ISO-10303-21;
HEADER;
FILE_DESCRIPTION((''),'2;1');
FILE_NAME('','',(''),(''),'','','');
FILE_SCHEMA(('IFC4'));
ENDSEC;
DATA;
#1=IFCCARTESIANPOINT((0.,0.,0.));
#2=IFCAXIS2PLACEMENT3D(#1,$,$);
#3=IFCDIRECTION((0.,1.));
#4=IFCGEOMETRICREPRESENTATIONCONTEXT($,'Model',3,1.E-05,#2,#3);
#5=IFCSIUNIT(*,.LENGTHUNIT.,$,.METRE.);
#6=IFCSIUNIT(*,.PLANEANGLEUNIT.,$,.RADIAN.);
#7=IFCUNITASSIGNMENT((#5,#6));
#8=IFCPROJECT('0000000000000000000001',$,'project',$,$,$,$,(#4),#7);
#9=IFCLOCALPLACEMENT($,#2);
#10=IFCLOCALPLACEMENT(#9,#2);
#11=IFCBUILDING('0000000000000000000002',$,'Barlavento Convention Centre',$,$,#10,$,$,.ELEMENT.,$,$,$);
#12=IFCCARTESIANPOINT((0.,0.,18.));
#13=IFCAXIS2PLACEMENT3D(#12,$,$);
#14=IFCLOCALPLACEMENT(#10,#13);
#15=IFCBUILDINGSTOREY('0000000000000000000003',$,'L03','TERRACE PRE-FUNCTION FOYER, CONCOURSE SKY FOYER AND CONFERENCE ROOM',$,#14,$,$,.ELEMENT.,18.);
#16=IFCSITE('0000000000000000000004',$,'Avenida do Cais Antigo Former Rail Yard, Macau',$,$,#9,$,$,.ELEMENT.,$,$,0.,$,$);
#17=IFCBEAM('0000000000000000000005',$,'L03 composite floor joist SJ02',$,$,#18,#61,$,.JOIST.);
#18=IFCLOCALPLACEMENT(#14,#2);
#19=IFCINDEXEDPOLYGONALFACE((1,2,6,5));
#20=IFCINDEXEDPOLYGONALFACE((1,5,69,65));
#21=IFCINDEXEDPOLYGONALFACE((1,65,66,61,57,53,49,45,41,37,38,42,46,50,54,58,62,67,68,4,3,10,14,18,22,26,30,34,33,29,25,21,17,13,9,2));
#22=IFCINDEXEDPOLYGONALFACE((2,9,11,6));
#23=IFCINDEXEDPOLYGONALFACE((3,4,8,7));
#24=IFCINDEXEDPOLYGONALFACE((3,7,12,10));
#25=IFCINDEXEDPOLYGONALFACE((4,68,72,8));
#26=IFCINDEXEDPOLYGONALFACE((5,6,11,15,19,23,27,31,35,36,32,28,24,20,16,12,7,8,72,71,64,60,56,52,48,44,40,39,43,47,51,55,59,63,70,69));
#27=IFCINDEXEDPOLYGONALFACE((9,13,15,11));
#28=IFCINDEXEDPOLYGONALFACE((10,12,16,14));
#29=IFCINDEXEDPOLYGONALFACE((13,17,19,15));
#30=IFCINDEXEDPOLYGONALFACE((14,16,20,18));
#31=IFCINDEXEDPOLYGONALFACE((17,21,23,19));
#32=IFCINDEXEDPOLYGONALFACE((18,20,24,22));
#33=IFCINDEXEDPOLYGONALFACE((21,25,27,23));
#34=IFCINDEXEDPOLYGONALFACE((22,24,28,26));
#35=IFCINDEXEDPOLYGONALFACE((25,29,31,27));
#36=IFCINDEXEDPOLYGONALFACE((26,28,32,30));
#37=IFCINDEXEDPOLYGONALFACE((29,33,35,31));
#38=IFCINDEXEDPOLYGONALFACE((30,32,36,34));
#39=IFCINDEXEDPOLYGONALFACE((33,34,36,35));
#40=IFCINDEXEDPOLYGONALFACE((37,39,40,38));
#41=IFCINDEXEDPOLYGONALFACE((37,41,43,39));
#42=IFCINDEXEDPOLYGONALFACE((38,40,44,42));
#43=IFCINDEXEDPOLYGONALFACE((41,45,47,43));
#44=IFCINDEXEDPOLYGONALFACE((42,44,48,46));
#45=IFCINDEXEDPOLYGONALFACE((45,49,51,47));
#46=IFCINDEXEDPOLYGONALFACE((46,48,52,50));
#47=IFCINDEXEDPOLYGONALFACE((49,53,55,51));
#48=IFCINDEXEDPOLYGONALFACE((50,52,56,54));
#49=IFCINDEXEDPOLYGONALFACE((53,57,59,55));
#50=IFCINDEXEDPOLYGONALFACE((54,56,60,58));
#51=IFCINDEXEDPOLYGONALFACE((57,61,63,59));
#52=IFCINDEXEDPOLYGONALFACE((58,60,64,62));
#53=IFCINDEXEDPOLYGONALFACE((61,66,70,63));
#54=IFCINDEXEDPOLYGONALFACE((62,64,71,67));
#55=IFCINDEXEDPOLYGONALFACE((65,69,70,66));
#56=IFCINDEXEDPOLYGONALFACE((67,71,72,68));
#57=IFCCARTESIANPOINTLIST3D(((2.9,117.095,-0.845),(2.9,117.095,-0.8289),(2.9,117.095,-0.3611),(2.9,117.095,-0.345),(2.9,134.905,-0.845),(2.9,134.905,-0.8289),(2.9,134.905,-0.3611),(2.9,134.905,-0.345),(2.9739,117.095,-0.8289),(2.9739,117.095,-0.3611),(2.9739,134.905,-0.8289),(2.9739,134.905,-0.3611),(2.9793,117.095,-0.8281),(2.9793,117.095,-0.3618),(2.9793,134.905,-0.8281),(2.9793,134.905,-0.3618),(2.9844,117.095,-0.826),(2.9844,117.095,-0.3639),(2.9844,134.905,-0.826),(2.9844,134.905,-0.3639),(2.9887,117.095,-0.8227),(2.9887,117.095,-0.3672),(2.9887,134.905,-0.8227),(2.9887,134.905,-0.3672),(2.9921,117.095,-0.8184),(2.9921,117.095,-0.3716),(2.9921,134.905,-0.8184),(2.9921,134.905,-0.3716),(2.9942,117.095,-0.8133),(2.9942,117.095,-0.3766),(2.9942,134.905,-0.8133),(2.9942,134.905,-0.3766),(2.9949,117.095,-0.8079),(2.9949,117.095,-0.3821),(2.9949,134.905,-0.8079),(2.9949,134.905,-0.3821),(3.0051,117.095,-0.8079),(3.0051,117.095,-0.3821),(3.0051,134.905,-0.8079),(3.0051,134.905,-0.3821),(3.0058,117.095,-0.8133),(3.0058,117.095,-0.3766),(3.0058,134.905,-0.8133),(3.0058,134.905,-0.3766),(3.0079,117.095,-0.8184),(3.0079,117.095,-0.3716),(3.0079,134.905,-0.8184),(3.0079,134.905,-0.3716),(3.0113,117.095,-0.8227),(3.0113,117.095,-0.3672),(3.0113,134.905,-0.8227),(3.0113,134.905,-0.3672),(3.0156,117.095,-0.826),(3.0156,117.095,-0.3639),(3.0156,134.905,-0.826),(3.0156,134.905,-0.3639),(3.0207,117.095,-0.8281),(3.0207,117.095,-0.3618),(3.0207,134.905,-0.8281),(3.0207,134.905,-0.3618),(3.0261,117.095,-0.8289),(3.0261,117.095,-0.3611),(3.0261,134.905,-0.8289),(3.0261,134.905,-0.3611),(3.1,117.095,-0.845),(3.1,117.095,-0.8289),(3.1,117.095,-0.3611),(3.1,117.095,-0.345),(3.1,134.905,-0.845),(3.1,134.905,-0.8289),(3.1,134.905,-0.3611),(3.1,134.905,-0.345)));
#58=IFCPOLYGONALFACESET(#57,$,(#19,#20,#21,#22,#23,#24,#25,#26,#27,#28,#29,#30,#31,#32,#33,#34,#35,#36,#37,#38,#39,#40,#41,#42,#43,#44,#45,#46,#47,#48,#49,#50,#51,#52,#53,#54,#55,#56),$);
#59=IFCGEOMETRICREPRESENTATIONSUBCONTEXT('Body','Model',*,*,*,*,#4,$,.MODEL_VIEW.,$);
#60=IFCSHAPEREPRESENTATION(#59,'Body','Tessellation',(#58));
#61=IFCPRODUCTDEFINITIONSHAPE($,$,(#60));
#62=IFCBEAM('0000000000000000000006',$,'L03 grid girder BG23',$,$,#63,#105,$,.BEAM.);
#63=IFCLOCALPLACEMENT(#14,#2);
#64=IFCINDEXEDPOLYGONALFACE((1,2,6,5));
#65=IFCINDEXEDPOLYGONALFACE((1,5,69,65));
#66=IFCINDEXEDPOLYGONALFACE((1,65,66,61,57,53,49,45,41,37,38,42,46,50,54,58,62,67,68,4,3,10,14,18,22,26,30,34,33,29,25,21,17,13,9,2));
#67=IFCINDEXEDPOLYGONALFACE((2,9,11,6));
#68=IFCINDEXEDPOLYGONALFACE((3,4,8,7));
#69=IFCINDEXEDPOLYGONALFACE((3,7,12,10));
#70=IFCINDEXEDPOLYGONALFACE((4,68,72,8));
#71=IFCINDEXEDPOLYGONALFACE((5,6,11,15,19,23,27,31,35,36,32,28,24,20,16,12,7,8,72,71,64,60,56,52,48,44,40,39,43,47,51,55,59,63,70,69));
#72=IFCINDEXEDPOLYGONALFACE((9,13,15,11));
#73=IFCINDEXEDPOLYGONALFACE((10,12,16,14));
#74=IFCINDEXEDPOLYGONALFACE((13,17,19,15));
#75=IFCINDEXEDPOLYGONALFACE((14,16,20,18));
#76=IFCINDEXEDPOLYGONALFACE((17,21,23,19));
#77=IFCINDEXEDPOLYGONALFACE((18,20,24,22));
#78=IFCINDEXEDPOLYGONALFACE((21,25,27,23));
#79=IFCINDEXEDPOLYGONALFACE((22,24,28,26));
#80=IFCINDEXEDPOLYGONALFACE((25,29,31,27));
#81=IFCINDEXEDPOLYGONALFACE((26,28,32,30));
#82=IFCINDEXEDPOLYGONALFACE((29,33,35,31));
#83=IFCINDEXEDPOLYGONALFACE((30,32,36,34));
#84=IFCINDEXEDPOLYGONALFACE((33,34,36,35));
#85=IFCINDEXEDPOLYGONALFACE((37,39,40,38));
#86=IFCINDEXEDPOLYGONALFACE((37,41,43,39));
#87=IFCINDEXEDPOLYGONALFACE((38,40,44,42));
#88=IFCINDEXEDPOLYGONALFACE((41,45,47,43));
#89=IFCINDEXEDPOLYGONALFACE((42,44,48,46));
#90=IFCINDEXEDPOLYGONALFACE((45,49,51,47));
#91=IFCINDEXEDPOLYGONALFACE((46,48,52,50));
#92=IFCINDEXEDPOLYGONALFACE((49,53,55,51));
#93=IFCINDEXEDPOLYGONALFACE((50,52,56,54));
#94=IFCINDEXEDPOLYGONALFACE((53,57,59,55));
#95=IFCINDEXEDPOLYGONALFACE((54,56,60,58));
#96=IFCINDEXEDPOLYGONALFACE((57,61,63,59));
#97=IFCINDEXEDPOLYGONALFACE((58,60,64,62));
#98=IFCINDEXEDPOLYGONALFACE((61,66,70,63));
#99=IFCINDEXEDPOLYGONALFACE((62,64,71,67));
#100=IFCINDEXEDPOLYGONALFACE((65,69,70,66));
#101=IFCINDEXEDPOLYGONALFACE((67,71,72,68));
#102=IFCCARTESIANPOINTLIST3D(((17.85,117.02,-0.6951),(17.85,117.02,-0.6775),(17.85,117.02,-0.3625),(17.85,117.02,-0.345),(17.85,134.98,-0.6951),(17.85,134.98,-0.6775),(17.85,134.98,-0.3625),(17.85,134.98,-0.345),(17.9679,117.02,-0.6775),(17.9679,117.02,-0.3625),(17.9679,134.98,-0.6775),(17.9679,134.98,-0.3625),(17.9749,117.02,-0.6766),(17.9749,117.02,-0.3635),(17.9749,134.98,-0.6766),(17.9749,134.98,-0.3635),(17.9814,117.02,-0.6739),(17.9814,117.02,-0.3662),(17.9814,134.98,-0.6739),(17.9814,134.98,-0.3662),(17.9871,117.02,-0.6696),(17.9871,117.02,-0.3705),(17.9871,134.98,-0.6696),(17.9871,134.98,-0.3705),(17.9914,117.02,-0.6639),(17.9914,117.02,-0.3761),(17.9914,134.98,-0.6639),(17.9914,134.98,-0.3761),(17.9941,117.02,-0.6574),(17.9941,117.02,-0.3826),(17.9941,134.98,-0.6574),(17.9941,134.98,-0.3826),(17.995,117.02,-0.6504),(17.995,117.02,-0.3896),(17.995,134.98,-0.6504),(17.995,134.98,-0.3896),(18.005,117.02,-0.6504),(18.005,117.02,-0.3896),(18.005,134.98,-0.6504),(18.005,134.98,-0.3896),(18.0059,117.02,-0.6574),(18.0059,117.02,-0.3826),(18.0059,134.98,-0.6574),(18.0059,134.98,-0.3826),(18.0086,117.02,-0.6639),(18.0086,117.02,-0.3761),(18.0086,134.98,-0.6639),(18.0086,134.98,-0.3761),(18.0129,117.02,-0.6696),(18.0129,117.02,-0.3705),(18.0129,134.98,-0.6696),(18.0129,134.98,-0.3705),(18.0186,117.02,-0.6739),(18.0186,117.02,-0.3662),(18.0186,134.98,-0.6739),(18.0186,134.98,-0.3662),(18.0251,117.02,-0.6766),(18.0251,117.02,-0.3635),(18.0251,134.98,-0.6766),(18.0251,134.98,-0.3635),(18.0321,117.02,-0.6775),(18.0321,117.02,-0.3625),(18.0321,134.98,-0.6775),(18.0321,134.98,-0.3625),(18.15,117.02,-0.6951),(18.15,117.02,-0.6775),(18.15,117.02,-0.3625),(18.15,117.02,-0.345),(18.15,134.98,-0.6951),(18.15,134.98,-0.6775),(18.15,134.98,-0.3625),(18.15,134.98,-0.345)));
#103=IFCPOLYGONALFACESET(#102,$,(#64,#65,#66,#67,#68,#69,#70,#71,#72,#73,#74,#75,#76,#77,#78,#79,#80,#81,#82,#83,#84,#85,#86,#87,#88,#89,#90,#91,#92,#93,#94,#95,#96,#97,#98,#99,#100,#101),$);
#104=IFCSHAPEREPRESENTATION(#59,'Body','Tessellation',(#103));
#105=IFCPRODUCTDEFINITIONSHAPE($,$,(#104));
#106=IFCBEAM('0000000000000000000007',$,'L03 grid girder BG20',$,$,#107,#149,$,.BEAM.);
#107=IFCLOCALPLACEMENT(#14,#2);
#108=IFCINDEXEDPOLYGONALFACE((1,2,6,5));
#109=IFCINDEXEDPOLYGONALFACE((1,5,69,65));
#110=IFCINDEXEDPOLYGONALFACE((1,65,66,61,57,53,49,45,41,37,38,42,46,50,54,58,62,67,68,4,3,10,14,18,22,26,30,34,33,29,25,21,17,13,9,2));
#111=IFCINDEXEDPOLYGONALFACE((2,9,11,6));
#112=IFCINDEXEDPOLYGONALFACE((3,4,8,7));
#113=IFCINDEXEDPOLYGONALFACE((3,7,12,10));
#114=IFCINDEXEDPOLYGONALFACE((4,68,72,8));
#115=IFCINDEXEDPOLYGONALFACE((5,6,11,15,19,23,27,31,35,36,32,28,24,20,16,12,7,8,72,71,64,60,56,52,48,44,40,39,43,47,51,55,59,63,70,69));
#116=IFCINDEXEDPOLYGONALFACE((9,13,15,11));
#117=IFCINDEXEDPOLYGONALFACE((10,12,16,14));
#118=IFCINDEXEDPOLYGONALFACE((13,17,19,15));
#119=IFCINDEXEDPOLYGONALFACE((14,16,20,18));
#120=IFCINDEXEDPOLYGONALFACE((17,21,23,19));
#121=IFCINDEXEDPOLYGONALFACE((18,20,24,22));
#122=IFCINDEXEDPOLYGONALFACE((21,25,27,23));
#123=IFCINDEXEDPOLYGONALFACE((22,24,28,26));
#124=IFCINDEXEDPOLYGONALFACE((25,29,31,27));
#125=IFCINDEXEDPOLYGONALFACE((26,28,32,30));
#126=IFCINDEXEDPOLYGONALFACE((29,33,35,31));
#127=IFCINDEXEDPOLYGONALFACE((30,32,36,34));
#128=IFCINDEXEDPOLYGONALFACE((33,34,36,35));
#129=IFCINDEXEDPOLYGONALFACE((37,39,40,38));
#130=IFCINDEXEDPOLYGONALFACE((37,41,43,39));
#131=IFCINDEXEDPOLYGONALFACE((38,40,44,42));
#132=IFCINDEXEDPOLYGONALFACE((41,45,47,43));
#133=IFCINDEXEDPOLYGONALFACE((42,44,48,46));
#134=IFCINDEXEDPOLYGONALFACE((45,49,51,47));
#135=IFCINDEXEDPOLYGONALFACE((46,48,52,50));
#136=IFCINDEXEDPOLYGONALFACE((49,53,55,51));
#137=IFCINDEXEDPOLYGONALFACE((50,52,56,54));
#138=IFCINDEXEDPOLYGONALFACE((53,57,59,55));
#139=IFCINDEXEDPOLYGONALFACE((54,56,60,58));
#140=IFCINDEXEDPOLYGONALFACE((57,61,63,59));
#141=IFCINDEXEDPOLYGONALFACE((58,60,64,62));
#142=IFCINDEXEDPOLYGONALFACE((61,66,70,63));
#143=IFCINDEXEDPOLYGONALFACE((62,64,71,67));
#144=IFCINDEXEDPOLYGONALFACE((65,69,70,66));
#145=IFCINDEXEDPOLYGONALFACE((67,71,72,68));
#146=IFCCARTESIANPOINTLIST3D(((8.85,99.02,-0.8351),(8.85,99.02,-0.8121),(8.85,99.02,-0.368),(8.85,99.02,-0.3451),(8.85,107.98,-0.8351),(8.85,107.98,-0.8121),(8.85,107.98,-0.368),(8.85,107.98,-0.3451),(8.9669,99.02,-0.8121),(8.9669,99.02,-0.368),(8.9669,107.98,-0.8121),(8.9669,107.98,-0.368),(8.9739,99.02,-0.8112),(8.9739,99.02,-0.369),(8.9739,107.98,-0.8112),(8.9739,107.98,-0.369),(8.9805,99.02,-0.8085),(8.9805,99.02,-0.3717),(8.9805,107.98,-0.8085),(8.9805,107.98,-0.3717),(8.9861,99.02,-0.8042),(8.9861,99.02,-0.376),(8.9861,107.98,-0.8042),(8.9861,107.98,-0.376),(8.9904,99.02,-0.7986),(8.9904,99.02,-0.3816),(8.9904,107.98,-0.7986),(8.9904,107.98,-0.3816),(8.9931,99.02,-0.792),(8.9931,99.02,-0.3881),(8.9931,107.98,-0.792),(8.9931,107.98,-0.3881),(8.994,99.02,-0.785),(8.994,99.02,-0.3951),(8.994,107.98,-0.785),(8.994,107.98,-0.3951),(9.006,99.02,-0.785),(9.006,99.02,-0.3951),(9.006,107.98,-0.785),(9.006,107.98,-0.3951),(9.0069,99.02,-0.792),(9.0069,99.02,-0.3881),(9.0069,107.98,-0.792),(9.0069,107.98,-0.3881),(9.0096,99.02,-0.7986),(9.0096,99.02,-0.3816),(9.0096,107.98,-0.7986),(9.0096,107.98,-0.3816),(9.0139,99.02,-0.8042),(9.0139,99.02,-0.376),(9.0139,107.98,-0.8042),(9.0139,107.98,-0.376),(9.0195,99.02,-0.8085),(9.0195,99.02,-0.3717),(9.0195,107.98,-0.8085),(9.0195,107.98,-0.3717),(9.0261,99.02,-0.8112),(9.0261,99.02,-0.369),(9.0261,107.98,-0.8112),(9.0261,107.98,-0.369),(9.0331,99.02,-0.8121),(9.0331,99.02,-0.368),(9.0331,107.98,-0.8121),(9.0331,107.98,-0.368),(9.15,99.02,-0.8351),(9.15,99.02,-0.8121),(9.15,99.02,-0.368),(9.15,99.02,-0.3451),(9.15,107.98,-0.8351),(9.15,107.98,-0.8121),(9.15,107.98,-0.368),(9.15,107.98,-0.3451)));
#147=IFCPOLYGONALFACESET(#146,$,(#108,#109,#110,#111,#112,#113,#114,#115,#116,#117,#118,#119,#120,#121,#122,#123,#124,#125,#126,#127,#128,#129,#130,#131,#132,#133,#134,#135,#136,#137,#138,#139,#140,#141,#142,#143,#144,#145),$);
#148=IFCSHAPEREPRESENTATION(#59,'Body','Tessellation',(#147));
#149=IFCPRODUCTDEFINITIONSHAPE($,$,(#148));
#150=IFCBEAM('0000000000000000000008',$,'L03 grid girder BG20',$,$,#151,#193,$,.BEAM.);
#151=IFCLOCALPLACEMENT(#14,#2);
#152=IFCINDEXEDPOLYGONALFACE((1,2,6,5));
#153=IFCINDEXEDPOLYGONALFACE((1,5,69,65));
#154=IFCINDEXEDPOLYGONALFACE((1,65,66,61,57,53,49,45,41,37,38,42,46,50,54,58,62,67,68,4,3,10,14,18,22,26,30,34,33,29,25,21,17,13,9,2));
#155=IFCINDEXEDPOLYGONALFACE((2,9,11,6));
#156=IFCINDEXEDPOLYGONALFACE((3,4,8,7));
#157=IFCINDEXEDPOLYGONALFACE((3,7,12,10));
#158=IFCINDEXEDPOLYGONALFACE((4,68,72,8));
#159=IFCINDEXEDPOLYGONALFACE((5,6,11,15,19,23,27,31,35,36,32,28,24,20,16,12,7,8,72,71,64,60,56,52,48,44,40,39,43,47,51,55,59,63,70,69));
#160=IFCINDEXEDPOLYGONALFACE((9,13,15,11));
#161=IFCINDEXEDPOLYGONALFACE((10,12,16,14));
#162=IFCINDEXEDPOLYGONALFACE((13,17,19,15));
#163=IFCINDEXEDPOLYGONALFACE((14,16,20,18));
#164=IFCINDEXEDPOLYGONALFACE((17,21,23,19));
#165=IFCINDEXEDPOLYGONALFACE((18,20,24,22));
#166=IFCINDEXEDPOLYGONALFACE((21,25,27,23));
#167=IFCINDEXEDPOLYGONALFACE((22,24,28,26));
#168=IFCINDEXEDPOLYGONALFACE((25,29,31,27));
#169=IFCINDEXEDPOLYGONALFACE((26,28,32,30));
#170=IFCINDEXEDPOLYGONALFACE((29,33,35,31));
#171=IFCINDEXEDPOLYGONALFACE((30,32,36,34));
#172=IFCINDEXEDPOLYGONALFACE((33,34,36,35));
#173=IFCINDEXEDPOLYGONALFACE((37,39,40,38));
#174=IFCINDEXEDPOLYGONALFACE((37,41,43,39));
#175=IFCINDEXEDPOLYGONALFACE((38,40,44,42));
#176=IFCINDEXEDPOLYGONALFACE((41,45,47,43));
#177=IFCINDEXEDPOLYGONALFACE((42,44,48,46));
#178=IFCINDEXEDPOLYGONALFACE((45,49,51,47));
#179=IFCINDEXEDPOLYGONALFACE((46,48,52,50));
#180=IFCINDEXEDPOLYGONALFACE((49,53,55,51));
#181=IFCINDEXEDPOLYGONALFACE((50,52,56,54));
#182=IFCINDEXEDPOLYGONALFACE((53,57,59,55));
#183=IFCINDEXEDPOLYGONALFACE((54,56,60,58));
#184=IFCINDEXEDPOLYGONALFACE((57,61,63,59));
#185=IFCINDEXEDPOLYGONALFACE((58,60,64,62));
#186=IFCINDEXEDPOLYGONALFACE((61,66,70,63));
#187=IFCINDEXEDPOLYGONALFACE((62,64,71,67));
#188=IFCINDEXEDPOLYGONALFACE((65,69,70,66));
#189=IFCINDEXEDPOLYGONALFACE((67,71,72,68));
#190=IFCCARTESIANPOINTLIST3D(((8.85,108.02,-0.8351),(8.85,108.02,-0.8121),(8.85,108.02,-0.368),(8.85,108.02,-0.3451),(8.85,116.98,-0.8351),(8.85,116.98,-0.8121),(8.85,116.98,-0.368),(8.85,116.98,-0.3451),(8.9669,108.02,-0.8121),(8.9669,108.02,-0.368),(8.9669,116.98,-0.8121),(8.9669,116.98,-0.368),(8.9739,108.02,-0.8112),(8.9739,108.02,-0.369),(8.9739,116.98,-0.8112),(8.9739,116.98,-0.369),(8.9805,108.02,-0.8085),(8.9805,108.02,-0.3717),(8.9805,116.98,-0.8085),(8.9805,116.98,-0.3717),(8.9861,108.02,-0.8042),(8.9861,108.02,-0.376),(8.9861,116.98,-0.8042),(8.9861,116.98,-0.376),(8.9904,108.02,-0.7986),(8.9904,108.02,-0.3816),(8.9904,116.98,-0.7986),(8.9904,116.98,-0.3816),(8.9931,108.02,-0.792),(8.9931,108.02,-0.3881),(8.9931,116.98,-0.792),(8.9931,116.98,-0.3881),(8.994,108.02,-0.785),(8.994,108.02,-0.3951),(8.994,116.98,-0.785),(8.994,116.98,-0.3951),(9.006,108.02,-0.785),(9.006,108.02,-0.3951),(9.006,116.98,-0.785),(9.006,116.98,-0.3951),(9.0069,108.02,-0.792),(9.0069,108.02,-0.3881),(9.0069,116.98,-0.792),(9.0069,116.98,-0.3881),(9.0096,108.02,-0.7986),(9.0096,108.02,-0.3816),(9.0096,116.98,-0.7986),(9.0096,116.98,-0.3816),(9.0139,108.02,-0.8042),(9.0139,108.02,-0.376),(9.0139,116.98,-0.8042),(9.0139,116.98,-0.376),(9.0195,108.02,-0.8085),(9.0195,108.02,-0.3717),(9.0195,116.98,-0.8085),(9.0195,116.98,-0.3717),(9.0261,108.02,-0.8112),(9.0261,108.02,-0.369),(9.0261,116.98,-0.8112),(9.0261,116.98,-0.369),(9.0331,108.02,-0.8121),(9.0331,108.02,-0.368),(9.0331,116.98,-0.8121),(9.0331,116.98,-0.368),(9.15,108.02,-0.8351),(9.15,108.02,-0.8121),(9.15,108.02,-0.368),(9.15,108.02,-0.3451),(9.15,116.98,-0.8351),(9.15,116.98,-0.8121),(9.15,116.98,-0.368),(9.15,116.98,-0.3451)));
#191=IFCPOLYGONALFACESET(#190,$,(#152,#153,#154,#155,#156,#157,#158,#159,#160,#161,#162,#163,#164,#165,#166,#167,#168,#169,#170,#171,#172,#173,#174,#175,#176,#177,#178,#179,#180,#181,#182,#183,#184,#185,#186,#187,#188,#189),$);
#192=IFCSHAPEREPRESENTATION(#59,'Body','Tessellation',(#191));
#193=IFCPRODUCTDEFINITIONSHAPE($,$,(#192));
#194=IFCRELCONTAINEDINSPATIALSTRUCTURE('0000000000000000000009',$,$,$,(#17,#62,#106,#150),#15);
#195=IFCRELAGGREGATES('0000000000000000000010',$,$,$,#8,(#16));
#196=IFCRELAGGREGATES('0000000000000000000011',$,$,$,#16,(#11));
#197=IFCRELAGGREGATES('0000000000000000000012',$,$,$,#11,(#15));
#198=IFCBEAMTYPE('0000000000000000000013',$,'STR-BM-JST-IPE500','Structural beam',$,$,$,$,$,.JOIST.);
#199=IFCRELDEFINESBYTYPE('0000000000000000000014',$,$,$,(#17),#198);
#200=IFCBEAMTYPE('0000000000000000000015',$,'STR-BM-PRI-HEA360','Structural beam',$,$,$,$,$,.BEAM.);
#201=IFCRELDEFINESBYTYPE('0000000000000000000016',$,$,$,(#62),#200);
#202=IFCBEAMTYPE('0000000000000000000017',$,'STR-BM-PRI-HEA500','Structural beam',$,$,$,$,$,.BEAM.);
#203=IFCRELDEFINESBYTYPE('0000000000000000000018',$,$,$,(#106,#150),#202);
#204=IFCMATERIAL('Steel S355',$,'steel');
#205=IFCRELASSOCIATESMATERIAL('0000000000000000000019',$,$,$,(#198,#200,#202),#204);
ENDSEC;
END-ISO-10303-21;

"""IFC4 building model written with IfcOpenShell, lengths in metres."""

from ifc_helpers import new_model, si_unit, direction, frame, origin, origin_2d, place, context, subcontext, project, spatial, i_section, extrude, material, material_profile, profile_set, type_object, element, save


model = new_model("IFC4")

# Units and contexts
model_context = context("Model", 3, precision=1e-05, world=origin(), true_north=direction((0.0, 1.0)))
body_context = subcontext(model_context, "Body", "Model", "MODEL_VIEW")
ifc_project = project(units=[si_unit("LENGTHUNIT", "METRE"), si_unit("PLANEANGLEUNIT", "RADIAN")], contexts=[model_context])

# Site, building, storey
site_placement = place(None, origin())
site = spatial("IfcSite", under=ifc_project, at=site_placement, Name="Avenida do Cais Antigo Former Rail Yard, Macau", CompositionType="ELEMENT", RefElevation=0.0)
building_placement = place(site_placement, origin())
building = spatial("IfcBuilding", under=site, at=building_placement, Name="Barlavento Convention Centre", CompositionType="ELEMENT")
storey_placement = place(building_placement, frame((0.0, 0.0, 18.0)))
storey = spatial("IfcBuildingStorey", under=building, at=storey_placement, Name="L03", Description="TERRACE PRE-FUNCTION FOYER, CONCOURSE SKY FOYER AND CONFERENCE ROOM", CompositionType="ELEMENT", Elevation=18.0)

# Beams
ifc_material_1 = material(Name="Steel S355", Category="steel")
ifc_material_profile_1 = material_profile(ifc_material_1, i_section(OverallWidth=0.2, OverallDepth=0.5, WebThickness=0.0103, FlangeThickness=0.0161, FilletRadius=0.021, at=origin_2d()), Name="IPE 500")
ifc_profile_set_1 = profile_set([ifc_material_profile_1], Name="Steel S355")
beam_type_1 = type_object("IfcBeamType", Name="STR-BM-JST-IPE500", Description="Structural beam", PredefinedType="JOIST", material=ifc_profile_set_1)
beam_1_placement = place(storey_placement, frame((3.0, 117.095, -0.595), z_axis=(0.0, 1.0, 0.0), x_axis=(-1.0, 0.0, 0.0)))
element("IfcBeam", 1, at=beam_1_placement, inside=storey, type_object=beam_type_1, Name="L03 composite floor joist SJ02", PredefinedType="JOIST", context=body_context, shape_type="SweptSolid", body=[
    extrude(i_section(OverallWidth=0.2, OverallDepth=0.5, WebThickness=0.0103, FlangeThickness=0.0161, FilletRadius=0.021, at=origin_2d()), origin(), (0.0, 0.0, 1.0), 17.8101),
])
ifc_material_profile_2 = material_profile(ifc_material_1, i_section(OverallWidth=0.3, OverallDepth=0.3501, WebThickness=0.01, FlangeThickness=0.0176, FilletRadius=0.0271, at=origin_2d()), Name="HEA 360")
ifc_profile_set_2 = profile_set([ifc_material_profile_2], Name="Steel S355")
beam_type_2 = type_object("IfcBeamType", Name="STR-BM-PRI-HEA360", Description="Structural beam", PredefinedType="BEAM", material=ifc_profile_set_2)
beam_2_placement = place(storey_placement, frame((18.0, 117.02, -0.52), z_axis=(0.0, 1.0, 0.0), x_axis=(-1.0, 0.0, 0.0)))
element("IfcBeam", 2, at=beam_2_placement, inside=storey, type_object=beam_type_2, Name="L03 grid girder BG23", PredefinedType="BEAM", context=body_context, shape_type="SweptSolid", body=[
    extrude(i_section(OverallWidth=0.3, OverallDepth=0.3501, WebThickness=0.01, FlangeThickness=0.0176, FilletRadius=0.0271, at=origin_2d()), origin(), (0.0, 0.0, 1.0), 17.96),
])
ifc_material_profile_3 = material_profile(ifc_material_1, i_section(OverallWidth=0.3, OverallDepth=0.49, WebThickness=0.012, FlangeThickness=0.0229, FilletRadius=0.0271, at=origin_2d()), Name="HEA 500")
ifc_profile_set_3 = profile_set([ifc_material_profile_3], Name="Steel S355")
beam_type_3 = type_object("IfcBeamType", Name="STR-BM-PRI-HEA500", Description="Structural beam", PredefinedType="BEAM", material=ifc_profile_set_3)
for number, where, z_axis, x_axis, name in (
    (3, (9.0, 99.02, -0.5901), (0.0, 1.0, 0.0), (-1.0, 0.0, 0.0), "L03 grid girder BG20"),
    (4, (9.0, 108.02, -0.5901), (0.0, 1.0, 0.0), (-1.0, 0.0, 0.0), "L03 grid girder BG20"),
):
    element("IfcBeam", number, at=place(storey_placement, frame(where, z_axis=z_axis, x_axis=x_axis)), inside=storey, type_object=beam_type_3, Name=name, PredefinedType="BEAM", context=body_context, shape_type="SweptSolid", body=[
        extrude(i_section(OverallWidth=0.3, OverallDepth=0.49, WebThickness=0.012, FlangeThickness=0.0229, FilletRadius=0.0271, at=origin_2d()), origin(), (0.0, 0.0, 1.0), 8.96),
    ])

save(model, "model.ifc")
